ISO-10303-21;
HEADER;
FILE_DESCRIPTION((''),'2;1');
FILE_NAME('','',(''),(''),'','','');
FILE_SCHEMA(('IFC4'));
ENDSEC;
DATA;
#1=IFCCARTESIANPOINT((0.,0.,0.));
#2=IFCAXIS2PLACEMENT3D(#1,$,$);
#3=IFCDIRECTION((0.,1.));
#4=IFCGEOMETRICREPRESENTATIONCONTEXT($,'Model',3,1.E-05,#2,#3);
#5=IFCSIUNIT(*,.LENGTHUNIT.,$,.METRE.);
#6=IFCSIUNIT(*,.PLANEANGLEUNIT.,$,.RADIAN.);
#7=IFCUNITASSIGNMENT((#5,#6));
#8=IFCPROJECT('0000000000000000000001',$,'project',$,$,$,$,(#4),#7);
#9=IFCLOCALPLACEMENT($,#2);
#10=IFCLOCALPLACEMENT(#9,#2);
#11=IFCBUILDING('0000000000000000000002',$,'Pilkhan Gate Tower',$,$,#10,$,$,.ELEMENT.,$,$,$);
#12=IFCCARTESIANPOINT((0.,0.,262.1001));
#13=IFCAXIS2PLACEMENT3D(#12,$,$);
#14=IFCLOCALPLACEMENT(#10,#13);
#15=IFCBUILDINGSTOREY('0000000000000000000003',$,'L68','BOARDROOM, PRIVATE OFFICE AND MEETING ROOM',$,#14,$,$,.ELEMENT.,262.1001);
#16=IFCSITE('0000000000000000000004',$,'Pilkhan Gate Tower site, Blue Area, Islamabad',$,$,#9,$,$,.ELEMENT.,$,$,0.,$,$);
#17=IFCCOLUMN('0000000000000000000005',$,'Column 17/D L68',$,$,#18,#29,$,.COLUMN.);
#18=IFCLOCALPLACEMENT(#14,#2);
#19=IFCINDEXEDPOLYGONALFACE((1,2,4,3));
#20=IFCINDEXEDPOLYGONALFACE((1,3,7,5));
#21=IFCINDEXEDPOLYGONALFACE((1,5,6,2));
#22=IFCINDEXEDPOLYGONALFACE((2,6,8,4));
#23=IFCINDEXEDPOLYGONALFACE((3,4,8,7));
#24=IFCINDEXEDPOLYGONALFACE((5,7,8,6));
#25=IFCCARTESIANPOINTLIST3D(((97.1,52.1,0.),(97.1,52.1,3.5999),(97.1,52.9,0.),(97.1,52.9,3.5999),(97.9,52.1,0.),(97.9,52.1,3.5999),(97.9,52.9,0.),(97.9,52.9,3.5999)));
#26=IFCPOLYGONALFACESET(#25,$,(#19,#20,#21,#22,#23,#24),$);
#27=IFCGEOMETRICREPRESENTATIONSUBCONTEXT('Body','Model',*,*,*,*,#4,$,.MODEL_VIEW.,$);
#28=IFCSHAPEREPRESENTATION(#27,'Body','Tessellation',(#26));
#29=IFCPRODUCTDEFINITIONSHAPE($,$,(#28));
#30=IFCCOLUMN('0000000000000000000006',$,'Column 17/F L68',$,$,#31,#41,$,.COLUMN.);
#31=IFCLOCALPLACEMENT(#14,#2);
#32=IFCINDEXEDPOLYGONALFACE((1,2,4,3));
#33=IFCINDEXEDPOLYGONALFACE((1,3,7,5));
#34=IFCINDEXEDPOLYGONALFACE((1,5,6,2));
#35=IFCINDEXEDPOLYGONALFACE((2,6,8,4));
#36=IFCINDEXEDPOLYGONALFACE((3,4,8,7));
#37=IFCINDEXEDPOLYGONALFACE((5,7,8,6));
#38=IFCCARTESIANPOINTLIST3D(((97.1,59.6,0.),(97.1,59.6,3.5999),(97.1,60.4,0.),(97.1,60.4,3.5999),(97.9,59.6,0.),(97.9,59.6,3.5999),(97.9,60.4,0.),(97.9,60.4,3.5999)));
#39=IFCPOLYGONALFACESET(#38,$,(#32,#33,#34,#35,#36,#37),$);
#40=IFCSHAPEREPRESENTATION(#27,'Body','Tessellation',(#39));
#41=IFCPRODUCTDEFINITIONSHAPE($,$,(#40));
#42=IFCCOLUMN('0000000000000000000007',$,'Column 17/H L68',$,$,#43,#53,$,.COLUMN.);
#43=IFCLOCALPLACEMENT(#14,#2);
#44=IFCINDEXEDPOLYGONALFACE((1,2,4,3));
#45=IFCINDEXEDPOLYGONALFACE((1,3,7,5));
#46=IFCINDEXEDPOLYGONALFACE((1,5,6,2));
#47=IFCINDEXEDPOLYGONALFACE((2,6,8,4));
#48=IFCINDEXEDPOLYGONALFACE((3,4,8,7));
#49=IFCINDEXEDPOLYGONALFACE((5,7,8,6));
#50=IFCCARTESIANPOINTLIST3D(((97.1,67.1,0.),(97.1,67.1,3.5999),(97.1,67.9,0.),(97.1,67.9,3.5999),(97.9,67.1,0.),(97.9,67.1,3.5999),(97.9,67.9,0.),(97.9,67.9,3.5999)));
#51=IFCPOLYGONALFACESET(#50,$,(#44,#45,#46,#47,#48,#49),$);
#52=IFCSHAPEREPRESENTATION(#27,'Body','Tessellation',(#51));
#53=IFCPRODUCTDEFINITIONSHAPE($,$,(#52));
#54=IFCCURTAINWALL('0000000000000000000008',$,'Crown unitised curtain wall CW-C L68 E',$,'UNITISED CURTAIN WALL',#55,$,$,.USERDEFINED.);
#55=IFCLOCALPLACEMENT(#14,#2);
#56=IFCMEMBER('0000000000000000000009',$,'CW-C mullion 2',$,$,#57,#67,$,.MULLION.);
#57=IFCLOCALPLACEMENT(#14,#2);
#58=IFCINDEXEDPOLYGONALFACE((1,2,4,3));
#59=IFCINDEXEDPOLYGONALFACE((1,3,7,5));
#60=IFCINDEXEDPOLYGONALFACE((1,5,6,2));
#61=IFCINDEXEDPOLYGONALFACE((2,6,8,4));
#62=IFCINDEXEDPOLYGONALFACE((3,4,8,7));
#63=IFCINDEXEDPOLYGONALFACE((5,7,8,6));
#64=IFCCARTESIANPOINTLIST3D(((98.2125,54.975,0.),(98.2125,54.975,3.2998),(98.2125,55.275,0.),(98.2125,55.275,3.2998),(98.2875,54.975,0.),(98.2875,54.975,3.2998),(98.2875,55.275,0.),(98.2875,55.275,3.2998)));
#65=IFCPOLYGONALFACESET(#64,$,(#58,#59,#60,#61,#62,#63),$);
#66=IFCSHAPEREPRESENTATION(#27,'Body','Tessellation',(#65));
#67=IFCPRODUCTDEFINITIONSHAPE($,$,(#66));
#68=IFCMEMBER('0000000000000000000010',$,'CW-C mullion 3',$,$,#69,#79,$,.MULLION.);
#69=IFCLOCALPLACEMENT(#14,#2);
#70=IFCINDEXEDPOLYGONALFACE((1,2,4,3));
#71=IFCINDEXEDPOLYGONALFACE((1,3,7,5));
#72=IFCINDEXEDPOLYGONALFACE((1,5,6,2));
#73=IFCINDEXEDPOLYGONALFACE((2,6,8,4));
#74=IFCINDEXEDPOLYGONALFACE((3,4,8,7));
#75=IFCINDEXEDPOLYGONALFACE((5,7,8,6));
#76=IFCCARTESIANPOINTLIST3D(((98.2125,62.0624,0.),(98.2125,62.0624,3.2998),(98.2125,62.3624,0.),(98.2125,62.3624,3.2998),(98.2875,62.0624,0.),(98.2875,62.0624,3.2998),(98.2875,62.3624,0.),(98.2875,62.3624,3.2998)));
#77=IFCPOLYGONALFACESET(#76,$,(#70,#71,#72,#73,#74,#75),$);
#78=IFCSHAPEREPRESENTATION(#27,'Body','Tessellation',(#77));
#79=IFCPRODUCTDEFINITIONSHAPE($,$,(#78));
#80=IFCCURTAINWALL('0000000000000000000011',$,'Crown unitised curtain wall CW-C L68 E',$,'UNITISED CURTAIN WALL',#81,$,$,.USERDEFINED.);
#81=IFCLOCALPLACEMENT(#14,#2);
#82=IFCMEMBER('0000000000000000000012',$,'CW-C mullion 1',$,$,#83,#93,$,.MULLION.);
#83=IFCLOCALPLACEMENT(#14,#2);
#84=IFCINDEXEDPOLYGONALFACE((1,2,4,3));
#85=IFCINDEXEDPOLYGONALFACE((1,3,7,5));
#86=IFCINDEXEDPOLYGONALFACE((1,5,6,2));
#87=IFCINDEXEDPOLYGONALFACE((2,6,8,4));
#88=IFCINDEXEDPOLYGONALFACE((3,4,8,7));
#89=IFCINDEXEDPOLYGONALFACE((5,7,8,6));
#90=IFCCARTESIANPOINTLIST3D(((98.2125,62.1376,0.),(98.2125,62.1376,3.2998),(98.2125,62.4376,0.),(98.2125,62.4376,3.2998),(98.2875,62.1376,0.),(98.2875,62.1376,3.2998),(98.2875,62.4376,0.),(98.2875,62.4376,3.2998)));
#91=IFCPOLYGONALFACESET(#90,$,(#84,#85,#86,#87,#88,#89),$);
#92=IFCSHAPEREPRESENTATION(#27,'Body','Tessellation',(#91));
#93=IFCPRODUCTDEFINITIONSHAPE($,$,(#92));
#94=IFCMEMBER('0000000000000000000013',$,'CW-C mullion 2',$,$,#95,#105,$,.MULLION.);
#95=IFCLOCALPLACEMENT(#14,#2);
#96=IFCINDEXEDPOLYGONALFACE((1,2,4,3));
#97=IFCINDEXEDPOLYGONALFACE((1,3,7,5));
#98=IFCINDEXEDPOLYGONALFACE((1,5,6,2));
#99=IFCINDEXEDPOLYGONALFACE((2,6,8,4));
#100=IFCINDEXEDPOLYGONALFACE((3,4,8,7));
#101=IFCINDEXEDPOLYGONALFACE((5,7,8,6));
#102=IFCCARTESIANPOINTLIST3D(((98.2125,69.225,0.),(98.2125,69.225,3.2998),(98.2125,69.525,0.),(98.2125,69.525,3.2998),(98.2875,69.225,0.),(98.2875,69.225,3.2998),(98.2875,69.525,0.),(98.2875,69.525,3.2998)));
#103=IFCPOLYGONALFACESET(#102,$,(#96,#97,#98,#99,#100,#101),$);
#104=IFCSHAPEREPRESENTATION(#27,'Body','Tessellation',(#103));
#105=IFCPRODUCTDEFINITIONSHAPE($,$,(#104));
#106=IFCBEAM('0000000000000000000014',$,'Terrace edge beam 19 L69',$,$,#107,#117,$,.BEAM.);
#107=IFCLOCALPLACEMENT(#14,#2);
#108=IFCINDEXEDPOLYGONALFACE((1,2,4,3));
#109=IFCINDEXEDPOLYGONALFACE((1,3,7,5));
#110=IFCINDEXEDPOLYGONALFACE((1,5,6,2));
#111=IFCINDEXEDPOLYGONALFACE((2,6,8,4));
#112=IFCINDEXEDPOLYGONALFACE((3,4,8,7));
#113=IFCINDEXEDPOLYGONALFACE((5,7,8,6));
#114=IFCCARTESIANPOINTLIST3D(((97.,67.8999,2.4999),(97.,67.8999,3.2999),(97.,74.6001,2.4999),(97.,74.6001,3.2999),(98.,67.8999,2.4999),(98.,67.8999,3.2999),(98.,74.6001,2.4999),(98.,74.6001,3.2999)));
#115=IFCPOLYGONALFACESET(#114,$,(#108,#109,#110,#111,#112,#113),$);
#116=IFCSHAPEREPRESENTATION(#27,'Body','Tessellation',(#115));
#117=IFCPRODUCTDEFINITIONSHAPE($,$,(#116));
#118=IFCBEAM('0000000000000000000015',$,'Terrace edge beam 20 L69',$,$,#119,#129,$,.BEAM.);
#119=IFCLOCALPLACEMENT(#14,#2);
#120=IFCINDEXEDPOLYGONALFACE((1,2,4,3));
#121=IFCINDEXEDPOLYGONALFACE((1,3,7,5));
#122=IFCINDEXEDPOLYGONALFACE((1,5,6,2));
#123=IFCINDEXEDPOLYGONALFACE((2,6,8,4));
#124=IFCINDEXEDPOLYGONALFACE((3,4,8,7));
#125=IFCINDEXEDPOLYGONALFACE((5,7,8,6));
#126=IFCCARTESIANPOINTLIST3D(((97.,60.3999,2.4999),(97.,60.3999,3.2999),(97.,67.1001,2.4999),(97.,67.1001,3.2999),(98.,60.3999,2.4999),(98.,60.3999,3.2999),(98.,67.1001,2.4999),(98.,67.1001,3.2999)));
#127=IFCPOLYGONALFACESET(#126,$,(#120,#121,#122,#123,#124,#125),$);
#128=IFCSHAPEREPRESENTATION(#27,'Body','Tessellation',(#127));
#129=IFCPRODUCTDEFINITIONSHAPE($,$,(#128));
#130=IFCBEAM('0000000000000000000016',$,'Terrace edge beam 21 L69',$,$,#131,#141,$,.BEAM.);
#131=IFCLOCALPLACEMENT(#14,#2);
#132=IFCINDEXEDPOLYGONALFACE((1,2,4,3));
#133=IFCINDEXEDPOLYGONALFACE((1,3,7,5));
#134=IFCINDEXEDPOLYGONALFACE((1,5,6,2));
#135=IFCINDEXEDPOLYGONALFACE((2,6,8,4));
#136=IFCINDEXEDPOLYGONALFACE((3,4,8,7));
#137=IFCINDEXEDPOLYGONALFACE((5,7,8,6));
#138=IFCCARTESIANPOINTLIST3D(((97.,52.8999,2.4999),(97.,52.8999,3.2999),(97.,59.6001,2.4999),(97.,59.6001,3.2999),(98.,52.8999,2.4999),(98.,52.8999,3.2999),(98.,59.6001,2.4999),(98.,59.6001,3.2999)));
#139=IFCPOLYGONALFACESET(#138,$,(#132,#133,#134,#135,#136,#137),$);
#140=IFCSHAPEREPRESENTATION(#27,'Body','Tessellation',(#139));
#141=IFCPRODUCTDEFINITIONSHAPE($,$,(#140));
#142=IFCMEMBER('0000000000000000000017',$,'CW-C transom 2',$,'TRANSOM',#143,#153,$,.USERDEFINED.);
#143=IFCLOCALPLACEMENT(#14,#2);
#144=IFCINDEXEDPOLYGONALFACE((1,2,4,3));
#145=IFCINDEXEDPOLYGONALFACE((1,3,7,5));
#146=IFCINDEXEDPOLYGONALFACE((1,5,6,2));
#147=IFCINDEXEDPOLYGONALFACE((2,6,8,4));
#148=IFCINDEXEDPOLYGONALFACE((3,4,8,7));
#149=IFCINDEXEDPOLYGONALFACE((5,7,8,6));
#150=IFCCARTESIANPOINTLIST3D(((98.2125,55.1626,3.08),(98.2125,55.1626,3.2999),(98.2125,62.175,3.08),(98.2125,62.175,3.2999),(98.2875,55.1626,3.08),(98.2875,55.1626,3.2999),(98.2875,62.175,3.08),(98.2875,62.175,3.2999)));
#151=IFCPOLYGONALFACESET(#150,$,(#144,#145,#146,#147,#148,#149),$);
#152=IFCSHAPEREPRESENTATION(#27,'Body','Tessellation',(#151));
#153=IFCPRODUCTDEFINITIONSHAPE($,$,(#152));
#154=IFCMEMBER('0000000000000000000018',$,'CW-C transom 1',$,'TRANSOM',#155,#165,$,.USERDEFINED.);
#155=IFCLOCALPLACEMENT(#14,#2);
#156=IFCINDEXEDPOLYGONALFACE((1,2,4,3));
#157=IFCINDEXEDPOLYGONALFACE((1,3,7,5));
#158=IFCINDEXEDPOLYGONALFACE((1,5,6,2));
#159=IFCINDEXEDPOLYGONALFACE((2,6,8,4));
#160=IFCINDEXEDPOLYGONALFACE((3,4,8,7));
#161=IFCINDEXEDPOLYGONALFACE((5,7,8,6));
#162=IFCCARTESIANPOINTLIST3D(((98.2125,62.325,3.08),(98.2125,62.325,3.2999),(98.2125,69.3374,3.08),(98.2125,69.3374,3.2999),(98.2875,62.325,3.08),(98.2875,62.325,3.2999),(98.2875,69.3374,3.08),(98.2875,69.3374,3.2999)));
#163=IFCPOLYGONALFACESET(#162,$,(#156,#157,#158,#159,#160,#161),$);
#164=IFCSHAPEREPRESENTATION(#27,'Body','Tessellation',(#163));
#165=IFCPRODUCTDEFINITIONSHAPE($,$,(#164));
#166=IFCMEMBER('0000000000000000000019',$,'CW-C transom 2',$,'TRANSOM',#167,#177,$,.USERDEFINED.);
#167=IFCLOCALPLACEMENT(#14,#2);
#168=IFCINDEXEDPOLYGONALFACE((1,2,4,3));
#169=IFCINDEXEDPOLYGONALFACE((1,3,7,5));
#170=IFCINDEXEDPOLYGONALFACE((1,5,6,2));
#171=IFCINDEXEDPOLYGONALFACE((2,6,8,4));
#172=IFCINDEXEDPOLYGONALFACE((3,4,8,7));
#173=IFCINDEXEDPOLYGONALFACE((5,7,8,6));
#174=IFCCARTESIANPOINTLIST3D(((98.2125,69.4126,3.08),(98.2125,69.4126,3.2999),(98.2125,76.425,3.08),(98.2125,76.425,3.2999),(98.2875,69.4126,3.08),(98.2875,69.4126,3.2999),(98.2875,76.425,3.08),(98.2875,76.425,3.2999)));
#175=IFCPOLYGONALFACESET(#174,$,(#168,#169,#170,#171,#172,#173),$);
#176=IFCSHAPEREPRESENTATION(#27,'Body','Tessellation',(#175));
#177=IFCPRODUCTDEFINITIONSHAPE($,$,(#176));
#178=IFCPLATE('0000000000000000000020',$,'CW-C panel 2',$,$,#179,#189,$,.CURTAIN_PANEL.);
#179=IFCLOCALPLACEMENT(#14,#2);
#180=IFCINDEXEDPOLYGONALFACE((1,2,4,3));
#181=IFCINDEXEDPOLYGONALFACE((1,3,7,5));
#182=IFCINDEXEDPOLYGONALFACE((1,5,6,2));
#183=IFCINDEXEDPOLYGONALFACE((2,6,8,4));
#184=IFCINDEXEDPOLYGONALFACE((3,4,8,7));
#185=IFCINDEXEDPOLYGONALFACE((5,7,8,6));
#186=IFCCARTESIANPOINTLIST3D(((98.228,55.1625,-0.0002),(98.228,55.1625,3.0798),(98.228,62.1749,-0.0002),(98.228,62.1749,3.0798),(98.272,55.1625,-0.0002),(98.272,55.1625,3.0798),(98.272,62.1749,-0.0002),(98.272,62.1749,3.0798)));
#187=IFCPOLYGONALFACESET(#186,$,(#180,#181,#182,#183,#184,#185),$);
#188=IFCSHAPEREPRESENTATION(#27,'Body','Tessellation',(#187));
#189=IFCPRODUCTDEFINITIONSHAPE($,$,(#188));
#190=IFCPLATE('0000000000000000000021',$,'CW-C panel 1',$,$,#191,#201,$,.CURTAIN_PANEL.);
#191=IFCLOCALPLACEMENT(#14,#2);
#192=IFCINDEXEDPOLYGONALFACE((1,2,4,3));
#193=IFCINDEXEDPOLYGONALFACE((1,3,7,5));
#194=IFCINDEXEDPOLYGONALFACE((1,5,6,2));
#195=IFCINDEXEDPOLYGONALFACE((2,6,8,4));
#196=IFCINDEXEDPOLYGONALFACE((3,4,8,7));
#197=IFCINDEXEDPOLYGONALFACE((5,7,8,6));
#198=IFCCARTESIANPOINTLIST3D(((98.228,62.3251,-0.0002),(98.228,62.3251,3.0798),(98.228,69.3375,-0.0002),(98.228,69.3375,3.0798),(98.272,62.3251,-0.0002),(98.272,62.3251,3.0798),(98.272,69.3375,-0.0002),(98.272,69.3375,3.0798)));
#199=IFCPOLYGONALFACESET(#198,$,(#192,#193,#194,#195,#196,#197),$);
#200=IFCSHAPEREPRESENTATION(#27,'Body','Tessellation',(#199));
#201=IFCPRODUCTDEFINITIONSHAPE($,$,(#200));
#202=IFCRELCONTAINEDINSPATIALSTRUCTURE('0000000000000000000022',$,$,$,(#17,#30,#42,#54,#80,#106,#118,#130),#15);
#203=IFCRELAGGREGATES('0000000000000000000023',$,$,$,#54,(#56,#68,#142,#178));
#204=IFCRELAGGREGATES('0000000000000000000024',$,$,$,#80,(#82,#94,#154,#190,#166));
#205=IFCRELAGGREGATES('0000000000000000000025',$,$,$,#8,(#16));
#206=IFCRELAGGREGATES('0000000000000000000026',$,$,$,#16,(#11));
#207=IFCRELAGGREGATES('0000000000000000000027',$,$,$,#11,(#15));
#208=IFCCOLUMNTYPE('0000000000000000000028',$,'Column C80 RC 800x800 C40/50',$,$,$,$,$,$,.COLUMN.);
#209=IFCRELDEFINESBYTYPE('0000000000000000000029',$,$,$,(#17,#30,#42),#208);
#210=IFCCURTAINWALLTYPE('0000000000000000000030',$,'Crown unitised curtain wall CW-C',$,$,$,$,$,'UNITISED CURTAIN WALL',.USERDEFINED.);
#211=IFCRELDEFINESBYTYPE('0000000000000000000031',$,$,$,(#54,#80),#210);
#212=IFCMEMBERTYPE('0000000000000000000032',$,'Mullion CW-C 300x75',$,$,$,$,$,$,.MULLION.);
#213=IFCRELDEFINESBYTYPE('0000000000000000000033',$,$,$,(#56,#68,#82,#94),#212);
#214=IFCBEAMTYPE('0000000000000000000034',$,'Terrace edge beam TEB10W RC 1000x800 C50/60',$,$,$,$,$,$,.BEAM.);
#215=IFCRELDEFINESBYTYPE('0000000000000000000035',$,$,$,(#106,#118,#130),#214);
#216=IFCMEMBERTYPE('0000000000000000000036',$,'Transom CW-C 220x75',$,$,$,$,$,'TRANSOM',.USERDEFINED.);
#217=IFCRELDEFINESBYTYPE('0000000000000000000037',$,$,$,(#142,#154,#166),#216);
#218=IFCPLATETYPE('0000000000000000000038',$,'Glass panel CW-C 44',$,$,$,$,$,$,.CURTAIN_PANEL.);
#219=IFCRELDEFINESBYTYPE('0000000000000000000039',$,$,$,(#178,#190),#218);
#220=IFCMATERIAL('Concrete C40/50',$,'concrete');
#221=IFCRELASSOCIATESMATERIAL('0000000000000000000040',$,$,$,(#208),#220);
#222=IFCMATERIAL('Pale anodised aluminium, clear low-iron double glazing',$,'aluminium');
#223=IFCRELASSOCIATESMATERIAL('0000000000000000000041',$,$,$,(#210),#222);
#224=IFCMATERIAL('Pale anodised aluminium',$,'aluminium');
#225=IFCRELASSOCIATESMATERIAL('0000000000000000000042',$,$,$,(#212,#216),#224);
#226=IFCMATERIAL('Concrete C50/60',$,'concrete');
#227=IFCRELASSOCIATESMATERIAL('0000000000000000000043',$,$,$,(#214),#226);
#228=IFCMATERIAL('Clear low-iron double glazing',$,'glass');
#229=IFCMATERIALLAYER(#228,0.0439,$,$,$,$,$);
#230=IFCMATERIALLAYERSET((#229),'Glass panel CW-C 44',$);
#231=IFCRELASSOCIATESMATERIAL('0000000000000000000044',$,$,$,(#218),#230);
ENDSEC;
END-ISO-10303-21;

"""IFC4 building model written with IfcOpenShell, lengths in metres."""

from ifc_helpers import new_model, si_unit, direction, frame, origin, origin_2d, place, context, subcontext, project, spatial, rectangle, extrude, material, layer, layer_set, material_profile, profile_set, type_object, element, aggregate, save


model = new_model("IFC4")

# Units and contexts
model_context = context("Model", 3, precision=1e-05, world=origin(), true_north=direction((0.0, 1.0)))
body_context = subcontext(model_context, "Body", "Model", "MODEL_VIEW")
ifc_project = project(units=[si_unit("LENGTHUNIT", "METRE"), si_unit("PLANEANGLEUNIT", "RADIAN")], contexts=[model_context])

# Site, building, storey
site_placement = place(None, origin())
site = spatial("IfcSite", under=ifc_project, at=site_placement, Name="Pilkhan Gate Tower site, Blue Area, Islamabad", CompositionType="ELEMENT", RefElevation=0.0)
building_placement = place(site_placement, origin())
building = spatial("IfcBuilding", under=site, at=building_placement, Name="Pilkhan Gate Tower", CompositionType="ELEMENT")
storey_placement = place(building_placement, frame((0.0, 0.0, 262.1001)))
storey = spatial("IfcBuildingStorey", under=building, at=storey_placement, Name="L68", Description="BOARDROOM, PRIVATE OFFICE AND MEETING ROOM", CompositionType="ELEMENT", Elevation=262.1001)

# Columns
ifc_material_1 = material(Name="Concrete C40/50", Category="concrete")
ifc_material_profile_1 = material_profile(ifc_material_1, rectangle(XDim=0.8, YDim=0.8, at=origin_2d()), Name="RC 800x800")
ifc_profile_set_1 = profile_set([ifc_material_profile_1], Name="Concrete C40/50")
column_type = type_object("IfcColumnType", Name="Column C80 RC 800x800 C40/50", PredefinedType="COLUMN", material=ifc_profile_set_1)
for number, where, z_axis, x_axis, name in (
    (1, (97.5, 52.5, 0.0), (0.0, 0.0, 1.0), (1.0, 0.0, 0.0), "Column 17/D L68"),
    (2, (97.5, 60.0, 0.0), (0.0, 0.0, 1.0), (1.0, 0.0, 0.0), "Column 17/F L68"),
    (3, (97.5, 67.5, 0.0), (0.0, 0.0, 1.0), (1.0, 0.0, 0.0), "Column 17/H L68"),
):
    element("IfcColumn", number, at=place(storey_placement, frame(where, z_axis=z_axis, x_axis=x_axis)), inside=storey, type_object=column_type, Name=name, PredefinedType="COLUMN", context=body_context, shape_type="SweptSolid", body=[
        extrude(rectangle(XDim=0.8, YDim=0.8, at=origin_2d()), origin(), (0.0, 0.0, 1.0), 3.5999),
    ])

# Curtain walls, members
ifc_material_2 = material(Name="Pale anodised aluminium, clear low-iron double glazing", Category="aluminium")
curtain_wall_type = type_object("IfcCurtainWallType", Name="Crown unitised curtain wall CW-C", ElementType="UNITISED CURTAIN WALL", PredefinedType="USERDEFINED", material=ifc_material_2)
curtain_wall_1_placement = place(storey_placement, origin())
curtain_wall_1 = element("IfcCurtainWall", 4, at=curtain_wall_1_placement, inside=storey, type_object=curtain_wall_type, Name="Crown unitised curtain wall CW-C L68 E", ObjectType="UNITISED CURTAIN WALL", PredefinedType="USERDEFINED")
ifc_material_3 = material(Name="Pale anodised aluminium", Category="aluminium")
ifc_material_profile_2 = material_profile(ifc_material_3, rectangle(XDim=0.075, YDim=0.3, at=origin_2d()), Name="Mullion 300x75")
ifc_profile_set_2 = profile_set([ifc_material_profile_2], Name="Pale anodised aluminium")
member_type_1 = type_object("IfcMemberType", Name="Mullion CW-C 300x75", PredefinedType="MULLION", material=ifc_profile_set_2)
member_1_placement = place(storey_placement, frame((98.25, 55.125, 0.0), z_axis=(0.0, 0.0, 1.0), x_axis=(-1.0, 0.0, 0.0)))
member_1 = element("IfcMember", 5, at=member_1_placement, type_object=member_type_1, Name="CW-C mullion 2", PredefinedType="MULLION", context=body_context, shape_type="SweptSolid", body=[
    extrude(rectangle(XDim=0.075, YDim=0.3, at=origin_2d()), origin(), (0.0, 0.0, 1.0), 3.2998),
])
member_2_placement = place(storey_placement, frame((98.25, 62.2124, 0.0), z_axis=(0.0, 0.0, 1.0), x_axis=(-1.0, 0.0, 0.0)))
member_2 = element("IfcMember", 6, at=member_2_placement, type_object=member_type_1, Name="CW-C mullion 3", PredefinedType="MULLION", context=body_context, shape_type="SweptSolid", body=[
    extrude(rectangle(XDim=0.075, YDim=0.3, at=origin_2d()), origin(), (0.0, 0.0, 1.0), 3.2998),
])
curtain_wall_2_placement = place(storey_placement, origin())
curtain_wall_2 = element("IfcCurtainWall", 7, at=curtain_wall_2_placement, inside=storey, type_object=curtain_wall_type, Name="Crown unitised curtain wall CW-C L68 E", ObjectType="UNITISED CURTAIN WALL", PredefinedType="USERDEFINED")
member_3_placement = place(storey_placement, frame((98.25, 62.2876, 0.0), z_axis=(0.0, 0.0, 1.0), x_axis=(-1.0, 0.0, 0.0)))
member_3 = element("IfcMember", 8, at=member_3_placement, type_object=member_type_1, Name="CW-C mullion 1", PredefinedType="MULLION", context=body_context, shape_type="SweptSolid", body=[
    extrude(rectangle(XDim=0.075, YDim=0.3, at=origin_2d()), origin(), (0.0, 0.0, 1.0), 3.2998),
])
member_4_placement = place(storey_placement, frame((98.25, 69.375, 0.0), z_axis=(0.0, 0.0, 1.0), x_axis=(-1.0, 0.0, 0.0)))
member_4 = element("IfcMember", 9, at=member_4_placement, type_object=member_type_1, Name="CW-C mullion 2", PredefinedType="MULLION", context=body_context, shape_type="SweptSolid", body=[
    extrude(rectangle(XDim=0.075, YDim=0.3, at=origin_2d()), origin(), (0.0, 0.0, 1.0), 3.2998),
])

# Beams
ifc_material_4 = material(Name="Concrete C50/60", Category="concrete")
ifc_material_profile_3 = material_profile(ifc_material_4, rectangle(XDim=1.0, YDim=0.8, at=origin_2d()), Name="RC 1000x800")
ifc_profile_set_3 = profile_set([ifc_material_profile_3], Name="Concrete C50/60")
beam_type = type_object("IfcBeamType", Name="Terrace edge beam TEB10W RC 1000x800 C50/60", PredefinedType="BEAM", material=ifc_profile_set_3)
for number, where, z_axis, x_axis, name in (
    (10, (97.5, 74.6001, 2.8999), (0.0, -1.0, 0.0), (1.0, 0.0, 0.0), "Terrace edge beam 19 L69"),
    (11, (97.5, 67.1001, 2.8999), (0.0, -1.0, 0.0), (1.0, 0.0, 0.0), "Terrace edge beam 20 L69"),
    (12, (97.5, 59.6001, 2.8999), (0.0, -1.0, 0.0), (1.0, 0.0, 0.0), "Terrace edge beam 21 L69"),
):
    element("IfcBeam", number, at=place(storey_placement, frame(where, z_axis=z_axis, x_axis=x_axis)), inside=storey, type_object=beam_type, Name=name, PredefinedType="BEAM", context=body_context, shape_type="SweptSolid", body=[
        extrude(rectangle(XDim=1.0, YDim=0.8, at=origin_2d()), origin(), (0.0, 0.0, 1.0), 6.7002),
    ])

# Members
ifc_material_profile_4 = material_profile(ifc_material_3, rectangle(XDim=0.075, YDim=0.22, at=origin_2d()), Name="Transom 220x75")
ifc_profile_set_4 = profile_set([ifc_material_profile_4], Name="Pale anodised aluminium")
member_type_2 = type_object("IfcMemberType", Name="Transom CW-C 220x75", ElementType="TRANSOM", PredefinedType="USERDEFINED", material=ifc_profile_set_4)
member_5_placement = place(storey_placement, frame((98.25, 55.1626, 3.1899), z_axis=(0.0, 1.0, 0.0), x_axis=(-1.0, 0.0, 0.0)))
member_5 = element("IfcMember", 13, at=member_5_placement, type_object=member_type_2, Name="CW-C transom 2", ObjectType="TRANSOM", PredefinedType="USERDEFINED", context=body_context, shape_type="SweptSolid", body=[
    extrude(rectangle(XDim=0.075, YDim=0.22, at=origin_2d()), origin(), (0.0, 0.0, 1.0), 7.0125),
])
member_6_placement = place(storey_placement, frame((98.25, 62.325, 3.1899), z_axis=(0.0, 1.0, 0.0), x_axis=(-1.0, 0.0, 0.0)))
member_6 = element("IfcMember", 14, at=member_6_placement, type_object=member_type_2, Name="CW-C transom 1", ObjectType="TRANSOM", PredefinedType="USERDEFINED", context=body_context, shape_type="SweptSolid", body=[
    extrude(rectangle(XDim=0.075, YDim=0.22, at=origin_2d()), origin(), (0.0, 0.0, 1.0), 7.0125),
])
member_7_placement = place(storey_placement, frame((98.25, 69.4126, 3.1899), z_axis=(0.0, 1.0, 0.0), x_axis=(-1.0, 0.0, 0.0)))
member_7 = element("IfcMember", 15, at=member_7_placement, type_object=member_type_2, Name="CW-C transom 2", ObjectType="TRANSOM", PredefinedType="USERDEFINED", context=body_context, shape_type="SweptSolid", body=[
    extrude(rectangle(XDim=0.075, YDim=0.22, at=origin_2d()), origin(), (0.0, 0.0, 1.0), 7.0125),
])

# Plates
ifc_material_5 = material(Name="Clear low-iron double glazing", Category="glass")
ifc_layer_1 = layer(ifc_material_5, 0.0439)
ifc_layer_set_1 = layer_set([ifc_layer_1], Name="Glass panel CW-C 44")
plate_type = type_object("IfcPlateType", Name="Glass panel CW-C 44", PredefinedType="CURTAIN_PANEL", material=ifc_layer_set_1)
plate_1_placement = place(storey_placement, frame((98.25, 58.6687, -0.0002), z_axis=(0.0, 0.0, 1.0), x_axis=(0.0, 1.0, 0.0)))
plate_1 = element("IfcPlate", 16, at=plate_1_placement, type_object=plate_type, Name="CW-C panel 2", PredefinedType="CURTAIN_PANEL", context=body_context, shape_type="SweptSolid", body=[
    extrude(rectangle(XDim=7.0125, YDim=0.0439, at=origin_2d()), origin(), (0.0, 0.0, 1.0), 3.0801),
])
aggregate(curtain_wall_1, [member_1, member_2, member_5, plate_1])
plate_2_placement = place(storey_placement, frame((98.25, 65.8313, -0.0002), z_axis=(0.0, 0.0, 1.0), x_axis=(0.0, 1.0, 0.0)))
plate_2 = element("IfcPlate", 17, at=plate_2_placement, type_object=plate_type, Name="CW-C panel 1", PredefinedType="CURTAIN_PANEL", context=body_context, shape_type="SweptSolid", body=[
    extrude(rectangle(XDim=7.0125, YDim=0.0439, at=origin_2d()), origin(), (0.0, 0.0, 1.0), 3.0801),
])
aggregate(curtain_wall_2, [member_3, member_4, member_6, plate_2, member_7])

save(model, "model.ifc")
